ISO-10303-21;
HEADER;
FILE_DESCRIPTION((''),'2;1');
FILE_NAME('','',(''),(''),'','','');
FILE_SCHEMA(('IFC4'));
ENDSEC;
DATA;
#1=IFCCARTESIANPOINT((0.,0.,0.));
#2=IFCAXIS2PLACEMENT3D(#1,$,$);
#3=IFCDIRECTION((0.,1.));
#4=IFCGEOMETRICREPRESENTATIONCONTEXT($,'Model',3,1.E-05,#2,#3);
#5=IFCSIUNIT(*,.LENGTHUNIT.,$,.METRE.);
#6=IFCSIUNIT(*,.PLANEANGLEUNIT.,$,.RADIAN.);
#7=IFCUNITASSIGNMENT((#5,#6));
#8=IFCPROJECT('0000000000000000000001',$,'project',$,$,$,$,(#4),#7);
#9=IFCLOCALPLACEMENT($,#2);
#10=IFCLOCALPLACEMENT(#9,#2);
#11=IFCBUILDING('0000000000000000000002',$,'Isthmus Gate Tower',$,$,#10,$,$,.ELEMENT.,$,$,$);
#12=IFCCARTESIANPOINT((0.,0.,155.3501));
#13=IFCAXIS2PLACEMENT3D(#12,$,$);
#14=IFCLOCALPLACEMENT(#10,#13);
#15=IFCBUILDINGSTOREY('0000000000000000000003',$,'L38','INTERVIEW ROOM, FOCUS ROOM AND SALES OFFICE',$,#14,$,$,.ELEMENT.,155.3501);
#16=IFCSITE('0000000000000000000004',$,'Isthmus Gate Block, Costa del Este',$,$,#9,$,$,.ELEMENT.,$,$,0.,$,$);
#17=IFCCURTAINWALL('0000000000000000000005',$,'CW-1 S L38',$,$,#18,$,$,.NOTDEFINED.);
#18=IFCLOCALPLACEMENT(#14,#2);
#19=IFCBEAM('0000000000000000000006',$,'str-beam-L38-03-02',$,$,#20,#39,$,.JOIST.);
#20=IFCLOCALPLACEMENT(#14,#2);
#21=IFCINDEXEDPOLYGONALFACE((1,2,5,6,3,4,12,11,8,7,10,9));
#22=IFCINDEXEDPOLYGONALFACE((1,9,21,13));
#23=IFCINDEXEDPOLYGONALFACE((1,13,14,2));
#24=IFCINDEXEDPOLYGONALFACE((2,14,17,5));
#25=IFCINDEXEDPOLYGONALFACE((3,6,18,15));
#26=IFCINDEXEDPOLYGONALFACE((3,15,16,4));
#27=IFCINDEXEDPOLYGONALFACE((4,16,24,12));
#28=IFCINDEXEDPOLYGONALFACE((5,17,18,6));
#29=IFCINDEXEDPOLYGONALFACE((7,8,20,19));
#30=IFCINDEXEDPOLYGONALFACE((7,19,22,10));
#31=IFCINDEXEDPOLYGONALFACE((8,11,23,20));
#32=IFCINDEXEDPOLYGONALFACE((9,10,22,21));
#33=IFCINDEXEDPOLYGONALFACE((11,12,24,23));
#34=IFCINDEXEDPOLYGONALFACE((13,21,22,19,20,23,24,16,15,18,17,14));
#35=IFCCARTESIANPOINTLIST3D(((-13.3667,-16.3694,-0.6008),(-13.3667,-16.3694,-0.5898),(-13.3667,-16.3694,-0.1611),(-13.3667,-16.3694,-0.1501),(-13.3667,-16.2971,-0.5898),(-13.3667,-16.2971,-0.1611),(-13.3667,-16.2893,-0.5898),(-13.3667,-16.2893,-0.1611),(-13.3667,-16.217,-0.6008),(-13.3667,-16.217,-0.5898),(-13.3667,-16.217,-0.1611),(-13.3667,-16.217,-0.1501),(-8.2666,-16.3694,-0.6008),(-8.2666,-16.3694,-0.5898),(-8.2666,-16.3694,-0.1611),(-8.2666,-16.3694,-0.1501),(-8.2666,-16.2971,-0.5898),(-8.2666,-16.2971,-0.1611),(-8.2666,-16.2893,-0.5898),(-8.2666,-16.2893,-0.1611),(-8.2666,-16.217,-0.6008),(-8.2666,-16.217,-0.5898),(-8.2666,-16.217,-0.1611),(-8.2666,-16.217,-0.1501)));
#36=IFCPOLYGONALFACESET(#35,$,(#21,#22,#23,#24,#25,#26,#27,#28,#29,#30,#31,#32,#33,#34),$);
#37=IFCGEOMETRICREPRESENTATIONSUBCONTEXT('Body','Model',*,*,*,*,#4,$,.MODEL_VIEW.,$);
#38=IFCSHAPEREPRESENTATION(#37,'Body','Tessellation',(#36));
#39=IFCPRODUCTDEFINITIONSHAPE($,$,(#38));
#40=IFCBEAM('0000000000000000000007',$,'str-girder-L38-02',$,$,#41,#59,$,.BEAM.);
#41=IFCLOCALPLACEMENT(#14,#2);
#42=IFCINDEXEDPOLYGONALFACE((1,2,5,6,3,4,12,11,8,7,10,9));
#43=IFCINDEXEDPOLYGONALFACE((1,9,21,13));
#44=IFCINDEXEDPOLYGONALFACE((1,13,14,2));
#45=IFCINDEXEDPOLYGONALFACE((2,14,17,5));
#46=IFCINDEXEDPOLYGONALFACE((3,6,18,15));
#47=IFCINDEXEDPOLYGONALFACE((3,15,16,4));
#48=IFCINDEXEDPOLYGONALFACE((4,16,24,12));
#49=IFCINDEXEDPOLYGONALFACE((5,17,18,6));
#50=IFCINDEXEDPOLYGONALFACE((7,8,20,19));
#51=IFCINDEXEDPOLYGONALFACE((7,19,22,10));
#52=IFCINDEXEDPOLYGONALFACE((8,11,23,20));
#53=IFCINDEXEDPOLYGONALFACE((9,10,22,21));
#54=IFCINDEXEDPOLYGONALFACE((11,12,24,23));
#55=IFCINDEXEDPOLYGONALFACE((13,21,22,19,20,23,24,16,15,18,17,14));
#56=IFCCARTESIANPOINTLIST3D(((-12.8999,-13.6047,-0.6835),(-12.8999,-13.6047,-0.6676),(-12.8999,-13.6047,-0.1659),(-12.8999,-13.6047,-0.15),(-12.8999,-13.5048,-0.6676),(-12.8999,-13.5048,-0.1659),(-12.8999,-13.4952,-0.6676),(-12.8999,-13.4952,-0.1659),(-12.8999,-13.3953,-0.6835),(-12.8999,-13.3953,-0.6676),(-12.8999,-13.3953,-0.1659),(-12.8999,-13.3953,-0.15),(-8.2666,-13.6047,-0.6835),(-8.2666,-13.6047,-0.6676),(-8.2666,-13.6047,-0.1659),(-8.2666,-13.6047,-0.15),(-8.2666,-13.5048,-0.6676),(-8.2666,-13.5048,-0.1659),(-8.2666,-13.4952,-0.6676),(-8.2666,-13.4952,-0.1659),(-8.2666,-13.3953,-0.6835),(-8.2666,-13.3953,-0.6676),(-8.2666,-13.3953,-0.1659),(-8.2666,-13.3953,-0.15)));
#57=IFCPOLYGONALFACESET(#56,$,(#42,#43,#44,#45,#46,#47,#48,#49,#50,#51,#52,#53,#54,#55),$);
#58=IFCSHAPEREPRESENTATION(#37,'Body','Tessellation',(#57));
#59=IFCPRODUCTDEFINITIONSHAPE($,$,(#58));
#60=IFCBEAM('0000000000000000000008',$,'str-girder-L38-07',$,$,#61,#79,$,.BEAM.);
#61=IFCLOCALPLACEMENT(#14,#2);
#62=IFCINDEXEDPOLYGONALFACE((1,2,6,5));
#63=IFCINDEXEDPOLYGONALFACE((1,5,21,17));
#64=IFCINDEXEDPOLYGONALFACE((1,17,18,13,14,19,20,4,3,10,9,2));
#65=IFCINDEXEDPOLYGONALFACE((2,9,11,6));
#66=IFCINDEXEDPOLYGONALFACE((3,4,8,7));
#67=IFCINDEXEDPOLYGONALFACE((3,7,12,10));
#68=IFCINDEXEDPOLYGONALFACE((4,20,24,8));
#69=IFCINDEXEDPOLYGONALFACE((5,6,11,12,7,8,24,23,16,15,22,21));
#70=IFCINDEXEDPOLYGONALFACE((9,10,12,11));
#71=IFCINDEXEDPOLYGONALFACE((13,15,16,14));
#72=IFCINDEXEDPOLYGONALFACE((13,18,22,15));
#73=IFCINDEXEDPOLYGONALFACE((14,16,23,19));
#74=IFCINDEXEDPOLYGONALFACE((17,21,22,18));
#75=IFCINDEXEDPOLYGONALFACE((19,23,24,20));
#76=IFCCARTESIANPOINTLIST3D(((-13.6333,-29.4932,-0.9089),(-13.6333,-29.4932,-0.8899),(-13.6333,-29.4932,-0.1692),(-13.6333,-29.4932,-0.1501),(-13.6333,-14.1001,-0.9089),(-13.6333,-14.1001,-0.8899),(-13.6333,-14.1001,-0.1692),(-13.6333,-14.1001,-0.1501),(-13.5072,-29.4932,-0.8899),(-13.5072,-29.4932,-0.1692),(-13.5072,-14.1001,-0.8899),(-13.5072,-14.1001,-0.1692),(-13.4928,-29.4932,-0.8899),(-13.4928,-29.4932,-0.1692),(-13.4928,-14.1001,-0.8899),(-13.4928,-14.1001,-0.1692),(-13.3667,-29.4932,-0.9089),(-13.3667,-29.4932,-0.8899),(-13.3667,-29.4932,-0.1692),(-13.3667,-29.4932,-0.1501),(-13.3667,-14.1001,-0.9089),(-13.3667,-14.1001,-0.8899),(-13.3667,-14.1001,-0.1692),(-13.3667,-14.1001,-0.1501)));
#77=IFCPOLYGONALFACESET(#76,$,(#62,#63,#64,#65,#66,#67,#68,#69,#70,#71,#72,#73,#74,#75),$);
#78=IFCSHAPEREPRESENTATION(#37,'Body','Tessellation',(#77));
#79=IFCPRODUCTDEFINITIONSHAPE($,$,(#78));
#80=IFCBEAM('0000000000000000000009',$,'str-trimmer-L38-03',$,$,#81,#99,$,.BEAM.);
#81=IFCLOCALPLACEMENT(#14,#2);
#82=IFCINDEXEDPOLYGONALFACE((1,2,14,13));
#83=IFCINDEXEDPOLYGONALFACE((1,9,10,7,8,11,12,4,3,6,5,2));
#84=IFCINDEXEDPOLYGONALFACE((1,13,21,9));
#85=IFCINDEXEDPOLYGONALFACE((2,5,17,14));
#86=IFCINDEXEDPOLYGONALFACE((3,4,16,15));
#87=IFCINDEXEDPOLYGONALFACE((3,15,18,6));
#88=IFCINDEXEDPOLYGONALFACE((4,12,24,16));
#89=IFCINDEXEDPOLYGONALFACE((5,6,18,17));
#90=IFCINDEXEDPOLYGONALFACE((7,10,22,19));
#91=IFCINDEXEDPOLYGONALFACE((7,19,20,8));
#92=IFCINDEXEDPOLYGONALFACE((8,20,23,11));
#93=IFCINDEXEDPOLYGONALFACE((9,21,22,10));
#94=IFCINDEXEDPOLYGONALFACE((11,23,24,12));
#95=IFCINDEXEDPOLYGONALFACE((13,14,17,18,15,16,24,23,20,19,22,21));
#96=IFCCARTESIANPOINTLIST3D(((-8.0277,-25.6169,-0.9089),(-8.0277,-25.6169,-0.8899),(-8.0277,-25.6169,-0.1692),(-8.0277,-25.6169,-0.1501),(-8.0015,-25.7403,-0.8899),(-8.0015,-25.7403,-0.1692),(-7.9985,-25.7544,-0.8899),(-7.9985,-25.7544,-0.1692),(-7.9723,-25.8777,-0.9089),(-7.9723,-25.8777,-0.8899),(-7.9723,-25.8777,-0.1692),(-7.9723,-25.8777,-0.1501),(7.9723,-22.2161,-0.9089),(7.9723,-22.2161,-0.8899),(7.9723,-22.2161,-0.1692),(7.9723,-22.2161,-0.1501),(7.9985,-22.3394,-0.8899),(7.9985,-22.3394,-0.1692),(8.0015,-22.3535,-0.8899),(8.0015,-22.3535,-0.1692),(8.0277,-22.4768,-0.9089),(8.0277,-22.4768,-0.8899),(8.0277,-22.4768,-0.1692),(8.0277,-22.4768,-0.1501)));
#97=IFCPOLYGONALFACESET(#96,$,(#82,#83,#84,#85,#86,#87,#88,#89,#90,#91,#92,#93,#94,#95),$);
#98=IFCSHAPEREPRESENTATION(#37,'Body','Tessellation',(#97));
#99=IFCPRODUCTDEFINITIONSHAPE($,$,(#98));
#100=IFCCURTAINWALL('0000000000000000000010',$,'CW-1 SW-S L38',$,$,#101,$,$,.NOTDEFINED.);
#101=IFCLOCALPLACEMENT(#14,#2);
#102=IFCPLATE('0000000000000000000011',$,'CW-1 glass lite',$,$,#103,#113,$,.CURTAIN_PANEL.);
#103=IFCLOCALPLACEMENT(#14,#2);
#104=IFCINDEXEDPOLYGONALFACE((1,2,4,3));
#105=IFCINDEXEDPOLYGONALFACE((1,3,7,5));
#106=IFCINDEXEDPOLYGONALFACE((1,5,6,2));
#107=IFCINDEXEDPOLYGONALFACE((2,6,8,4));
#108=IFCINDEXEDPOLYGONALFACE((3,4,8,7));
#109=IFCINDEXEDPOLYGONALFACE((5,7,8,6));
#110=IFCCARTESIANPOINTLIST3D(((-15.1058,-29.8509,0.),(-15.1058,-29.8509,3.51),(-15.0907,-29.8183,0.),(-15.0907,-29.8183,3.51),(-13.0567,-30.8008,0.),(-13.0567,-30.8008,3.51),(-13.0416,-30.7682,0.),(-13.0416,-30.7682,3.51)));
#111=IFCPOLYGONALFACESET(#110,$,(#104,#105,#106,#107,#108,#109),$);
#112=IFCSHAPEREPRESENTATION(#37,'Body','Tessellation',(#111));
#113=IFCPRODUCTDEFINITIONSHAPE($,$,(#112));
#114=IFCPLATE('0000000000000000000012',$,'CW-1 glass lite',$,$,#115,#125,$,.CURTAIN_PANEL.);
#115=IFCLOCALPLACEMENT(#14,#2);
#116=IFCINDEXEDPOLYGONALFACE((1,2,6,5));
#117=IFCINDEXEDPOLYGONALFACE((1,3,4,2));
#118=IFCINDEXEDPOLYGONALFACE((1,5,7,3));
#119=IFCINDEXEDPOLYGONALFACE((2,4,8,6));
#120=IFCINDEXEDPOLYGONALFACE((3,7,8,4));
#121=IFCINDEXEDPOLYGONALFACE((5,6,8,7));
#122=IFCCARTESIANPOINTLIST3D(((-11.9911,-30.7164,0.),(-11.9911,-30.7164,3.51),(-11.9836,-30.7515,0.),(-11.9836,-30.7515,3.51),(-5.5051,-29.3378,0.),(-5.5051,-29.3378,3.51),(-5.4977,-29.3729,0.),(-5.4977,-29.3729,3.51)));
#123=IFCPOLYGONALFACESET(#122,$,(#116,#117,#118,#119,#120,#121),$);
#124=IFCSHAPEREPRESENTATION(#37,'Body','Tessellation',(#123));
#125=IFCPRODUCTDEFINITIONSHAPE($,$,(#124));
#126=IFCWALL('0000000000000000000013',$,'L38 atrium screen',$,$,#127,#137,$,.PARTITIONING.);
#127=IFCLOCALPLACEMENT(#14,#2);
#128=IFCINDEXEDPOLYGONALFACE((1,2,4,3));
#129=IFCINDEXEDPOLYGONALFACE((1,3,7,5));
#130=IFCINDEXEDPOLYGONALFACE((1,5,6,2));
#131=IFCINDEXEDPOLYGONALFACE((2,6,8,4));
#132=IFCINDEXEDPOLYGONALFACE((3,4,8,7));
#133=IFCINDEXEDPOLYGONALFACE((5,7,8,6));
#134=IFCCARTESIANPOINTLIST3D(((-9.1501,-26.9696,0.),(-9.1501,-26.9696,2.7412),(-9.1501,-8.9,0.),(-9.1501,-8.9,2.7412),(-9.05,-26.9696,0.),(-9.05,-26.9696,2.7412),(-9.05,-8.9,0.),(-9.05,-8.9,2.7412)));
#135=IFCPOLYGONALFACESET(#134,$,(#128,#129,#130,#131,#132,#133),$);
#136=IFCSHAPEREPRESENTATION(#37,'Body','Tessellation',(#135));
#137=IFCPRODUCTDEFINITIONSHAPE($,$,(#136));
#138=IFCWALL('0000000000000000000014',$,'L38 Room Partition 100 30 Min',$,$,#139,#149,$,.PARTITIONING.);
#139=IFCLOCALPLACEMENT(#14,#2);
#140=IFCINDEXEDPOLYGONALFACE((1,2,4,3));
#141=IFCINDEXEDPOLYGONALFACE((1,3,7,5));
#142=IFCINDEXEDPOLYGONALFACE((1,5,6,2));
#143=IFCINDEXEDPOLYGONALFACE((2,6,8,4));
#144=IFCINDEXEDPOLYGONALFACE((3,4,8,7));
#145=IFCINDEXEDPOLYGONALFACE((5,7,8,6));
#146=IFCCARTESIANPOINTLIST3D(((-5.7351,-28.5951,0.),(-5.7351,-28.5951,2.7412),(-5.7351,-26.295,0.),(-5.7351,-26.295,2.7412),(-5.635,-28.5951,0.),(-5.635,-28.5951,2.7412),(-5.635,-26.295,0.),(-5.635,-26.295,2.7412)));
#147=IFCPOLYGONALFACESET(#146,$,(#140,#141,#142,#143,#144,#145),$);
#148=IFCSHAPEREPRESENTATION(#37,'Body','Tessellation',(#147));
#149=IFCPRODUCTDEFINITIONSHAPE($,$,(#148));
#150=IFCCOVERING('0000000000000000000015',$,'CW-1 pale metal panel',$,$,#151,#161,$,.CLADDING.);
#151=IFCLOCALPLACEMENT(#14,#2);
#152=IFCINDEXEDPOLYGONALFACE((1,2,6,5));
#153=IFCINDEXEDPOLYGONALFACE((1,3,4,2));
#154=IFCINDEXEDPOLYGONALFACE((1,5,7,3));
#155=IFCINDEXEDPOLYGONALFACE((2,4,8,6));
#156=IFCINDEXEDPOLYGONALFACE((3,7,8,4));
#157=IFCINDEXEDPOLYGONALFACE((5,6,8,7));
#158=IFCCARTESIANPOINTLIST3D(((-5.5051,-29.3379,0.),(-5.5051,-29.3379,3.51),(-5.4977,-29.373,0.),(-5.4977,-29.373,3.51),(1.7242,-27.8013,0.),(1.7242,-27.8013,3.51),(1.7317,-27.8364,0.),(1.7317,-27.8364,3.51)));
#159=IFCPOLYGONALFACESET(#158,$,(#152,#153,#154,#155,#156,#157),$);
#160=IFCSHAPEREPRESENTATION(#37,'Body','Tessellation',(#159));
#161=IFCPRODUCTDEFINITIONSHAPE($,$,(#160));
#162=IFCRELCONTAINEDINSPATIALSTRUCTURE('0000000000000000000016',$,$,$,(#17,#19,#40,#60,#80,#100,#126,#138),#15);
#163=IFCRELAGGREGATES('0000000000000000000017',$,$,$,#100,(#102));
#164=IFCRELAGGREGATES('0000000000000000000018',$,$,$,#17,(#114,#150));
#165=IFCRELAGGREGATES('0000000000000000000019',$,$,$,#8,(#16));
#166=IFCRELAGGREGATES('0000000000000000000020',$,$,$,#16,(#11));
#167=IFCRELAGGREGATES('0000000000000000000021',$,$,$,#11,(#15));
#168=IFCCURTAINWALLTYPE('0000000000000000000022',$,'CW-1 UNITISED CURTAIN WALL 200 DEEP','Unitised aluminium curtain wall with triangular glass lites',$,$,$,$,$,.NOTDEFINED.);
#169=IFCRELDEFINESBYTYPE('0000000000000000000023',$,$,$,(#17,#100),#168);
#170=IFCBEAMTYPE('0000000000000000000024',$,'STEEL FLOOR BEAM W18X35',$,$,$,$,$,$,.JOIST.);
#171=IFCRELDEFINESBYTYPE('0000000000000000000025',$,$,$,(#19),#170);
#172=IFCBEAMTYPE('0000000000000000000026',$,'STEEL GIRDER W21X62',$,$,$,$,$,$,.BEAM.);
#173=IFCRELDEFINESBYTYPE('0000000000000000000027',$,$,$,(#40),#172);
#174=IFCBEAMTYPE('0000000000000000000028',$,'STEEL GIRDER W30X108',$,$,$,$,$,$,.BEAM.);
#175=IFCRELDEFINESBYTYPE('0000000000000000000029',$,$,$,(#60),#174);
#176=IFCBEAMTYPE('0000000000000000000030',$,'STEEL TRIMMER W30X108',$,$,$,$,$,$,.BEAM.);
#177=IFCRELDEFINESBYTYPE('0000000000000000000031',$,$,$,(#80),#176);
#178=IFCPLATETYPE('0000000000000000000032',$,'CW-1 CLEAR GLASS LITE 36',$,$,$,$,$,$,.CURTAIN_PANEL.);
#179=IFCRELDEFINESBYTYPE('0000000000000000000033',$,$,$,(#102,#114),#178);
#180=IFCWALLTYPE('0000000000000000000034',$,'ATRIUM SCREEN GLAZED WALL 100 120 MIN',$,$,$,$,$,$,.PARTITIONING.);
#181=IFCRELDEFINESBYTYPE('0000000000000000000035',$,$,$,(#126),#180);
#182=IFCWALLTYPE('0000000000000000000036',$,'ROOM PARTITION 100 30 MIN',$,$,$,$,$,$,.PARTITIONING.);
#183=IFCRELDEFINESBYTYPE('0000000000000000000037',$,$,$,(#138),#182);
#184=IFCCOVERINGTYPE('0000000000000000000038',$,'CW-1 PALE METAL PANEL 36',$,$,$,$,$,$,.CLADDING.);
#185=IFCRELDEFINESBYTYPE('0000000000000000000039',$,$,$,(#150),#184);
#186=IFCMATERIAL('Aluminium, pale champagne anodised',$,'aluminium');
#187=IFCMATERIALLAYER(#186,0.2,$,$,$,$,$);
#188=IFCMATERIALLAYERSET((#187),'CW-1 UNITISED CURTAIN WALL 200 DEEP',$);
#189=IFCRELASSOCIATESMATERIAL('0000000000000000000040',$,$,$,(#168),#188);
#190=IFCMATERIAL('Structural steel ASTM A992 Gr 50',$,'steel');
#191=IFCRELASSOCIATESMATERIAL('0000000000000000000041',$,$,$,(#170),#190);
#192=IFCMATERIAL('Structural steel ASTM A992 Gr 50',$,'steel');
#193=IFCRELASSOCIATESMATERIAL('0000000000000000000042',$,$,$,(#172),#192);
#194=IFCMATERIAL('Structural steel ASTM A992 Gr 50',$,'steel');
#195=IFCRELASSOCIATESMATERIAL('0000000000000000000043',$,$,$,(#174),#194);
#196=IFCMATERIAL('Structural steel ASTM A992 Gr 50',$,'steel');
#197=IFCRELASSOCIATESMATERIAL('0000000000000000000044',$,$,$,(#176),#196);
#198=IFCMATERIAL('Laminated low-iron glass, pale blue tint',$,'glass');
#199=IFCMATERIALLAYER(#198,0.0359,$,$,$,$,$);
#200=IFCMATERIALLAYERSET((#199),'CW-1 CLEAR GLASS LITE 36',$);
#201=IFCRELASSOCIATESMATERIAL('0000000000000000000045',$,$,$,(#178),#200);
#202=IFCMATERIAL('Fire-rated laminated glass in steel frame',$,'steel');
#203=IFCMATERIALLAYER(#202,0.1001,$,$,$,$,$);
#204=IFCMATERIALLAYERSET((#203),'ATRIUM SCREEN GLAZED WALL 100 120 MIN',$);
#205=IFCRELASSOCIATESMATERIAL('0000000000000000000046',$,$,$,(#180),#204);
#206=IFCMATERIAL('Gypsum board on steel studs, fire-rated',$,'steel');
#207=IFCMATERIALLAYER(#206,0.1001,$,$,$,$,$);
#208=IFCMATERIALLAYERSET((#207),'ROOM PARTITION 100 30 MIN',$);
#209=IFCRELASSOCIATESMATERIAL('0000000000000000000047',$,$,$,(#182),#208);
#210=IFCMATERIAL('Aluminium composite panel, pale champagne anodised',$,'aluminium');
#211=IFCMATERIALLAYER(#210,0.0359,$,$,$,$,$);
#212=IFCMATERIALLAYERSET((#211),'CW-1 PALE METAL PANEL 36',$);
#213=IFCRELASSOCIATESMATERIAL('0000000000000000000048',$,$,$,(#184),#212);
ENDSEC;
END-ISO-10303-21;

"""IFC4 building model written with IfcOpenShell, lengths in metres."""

from ifc_helpers import new_model, si_unit, direction, frame, frame_2d, origin, origin_2d, place, context, subcontext, project, spatial, rectangle, i_section, extrude, material, layer, layer_set, material_profile, profile_set, type_object, element, aggregate, save


model = new_model("IFC4")

# Units and contexts
model_context = context("Model", 3, precision=1e-05, world=origin(), true_north=direction((0.0, 1.0)))
body_context = subcontext(model_context, "Body", "Model", "MODEL_VIEW")
ifc_project = project(units=[si_unit("LENGTHUNIT", "METRE"), si_unit("PLANEANGLEUNIT", "RADIAN")], contexts=[model_context])

# Site, building, storey
site_placement = place(None, origin())
site = spatial("IfcSite", under=ifc_project, at=site_placement, Name="Isthmus Gate Block, Costa del Este", CompositionType="ELEMENT", RefElevation=0.0)
building_placement = place(site_placement, origin())
building = spatial("IfcBuilding", under=site, at=building_placement, Name="Isthmus Gate Tower", CompositionType="ELEMENT")
storey_placement = place(building_placement, frame((0.0, 0.0, 155.3501)))
storey = spatial("IfcBuildingStorey", under=building, at=storey_placement, Name="L38", Description="INTERVIEW ROOM, FOCUS ROOM AND SALES OFFICE", CompositionType="ELEMENT", Elevation=155.3501)

# Curtain wall
ifc_material_1 = material(Name="Aluminium, pale champagne anodised", Category="aluminium")
ifc_layer_1 = layer(ifc_material_1, 0.2)
ifc_layer_set_1 = layer_set([ifc_layer_1], Name="CW-1 UNITISED CURTAIN WALL 200 DEEP")
curtain_wall_type = type_object("IfcCurtainWallType", Name="CW-1 UNITISED CURTAIN WALL 200 DEEP", Description="Unitised aluminium curtain wall with triangular glass lites", PredefinedType="NOTDEFINED", material=ifc_layer_set_1)
curtain_wall_1_placement = place(storey_placement, origin())
curtain_wall_1 = element("IfcCurtainWall", 1, at=curtain_wall_1_placement, inside=storey, type_object=curtain_wall_type, Name="CW-1 S L38", PredefinedType="NOTDEFINED")

# Beams
ifc_material_2 = material(Name="Structural steel ASTM A992 Gr 50", Category="steel")
ifc_material_profile_1 = material_profile(ifc_material_2, i_section(OverallWidth=0.1523, OverallDepth=0.4507, WebThickness=0.0078, FlangeThickness=0.011, at=origin_2d()), Name="W18X35")
ifc_profile_set_1 = profile_set([ifc_material_profile_1], Name="Structural steel ASTM A992 Gr 50")
beam_type_1 = type_object("IfcBeamType", Name="STEEL FLOOR BEAM W18X35", PredefinedType="JOIST", material=ifc_profile_set_1)
for number, where, z_axis, x_axis, name in (
    (2, (-13.3667, -16.2932, -0.3755), (1.0, 0.0, 0.0), (0.0, 1.0, 0.0), "str-beam-L38-03-02"),
):
    element("IfcBeam", number, at=place(storey_placement, frame(where, z_axis=z_axis, x_axis=x_axis)), inside=storey, type_object=beam_type_1, Name=name, PredefinedType="JOIST", context=body_context, shape_type="SweptSolid", body=[
        extrude(i_section(OverallWidth=0.1523, OverallDepth=0.4507, WebThickness=0.0078, FlangeThickness=0.011, at=origin_2d()), origin(), (0.0, 0.0, 1.0), 5.1001),
    ])
ifc_material_3 = material(Name="Structural steel ASTM A992 Gr 50", Category="steel")
ifc_material_profile_2 = material_profile(ifc_material_3, i_section(OverallWidth=0.2095, OverallDepth=0.5334, WebThickness=0.0095, FlangeThickness=0.0159, at=origin_2d()), Name="W21X62")
ifc_profile_set_2 = profile_set([ifc_material_profile_2], Name="Structural steel ASTM A992 Gr 50")
beam_type_2 = type_object("IfcBeamType", Name="STEEL GIRDER W21X62", PredefinedType="BEAM", material=ifc_profile_set_2)
beam_1_placement = place(storey_placement, frame((-12.8999, -13.5, -0.4167), z_axis=(1.0, 0.0, 0.0), x_axis=(0.0, 1.0, 0.0)))
element("IfcBeam", 3, at=beam_1_placement, inside=storey, type_object=beam_type_2, Name="str-girder-L38-02", PredefinedType="BEAM", context=body_context, shape_type="SweptSolid", body=[
    extrude(i_section(OverallWidth=0.2095, OverallDepth=0.5334, WebThickness=0.0095, FlangeThickness=0.0159, at=origin_2d()), origin(), (0.0, 0.0, 1.0), 4.6333),
])
ifc_material_4 = material(Name="Structural steel ASTM A992 Gr 50", Category="steel")
ifc_material_profile_3 = material_profile(ifc_material_4, i_section(OverallWidth=0.2666, OverallDepth=0.7588, WebThickness=0.0144, FlangeThickness=0.019, at=origin_2d()), Name="W30X108")
ifc_profile_set_3 = profile_set([ifc_material_profile_3], Name="Structural steel ASTM A992 Gr 50")
beam_type_3 = type_object("IfcBeamType", Name="STEEL GIRDER W30X108", PredefinedType="BEAM", material=ifc_profile_set_3)
beam_2_placement = place(storey_placement, frame((-13.5, -29.4932, -0.5295), z_axis=(0.0, 1.0, 0.0), x_axis=(-1.0, 0.0, 0.0)))
element("IfcBeam", 4, at=beam_2_placement, inside=storey, type_object=beam_type_3, Name="str-girder-L38-07", PredefinedType="BEAM", context=body_context, shape_type="SweptSolid", body=[
    extrude(i_section(OverallWidth=0.2666, OverallDepth=0.7588, WebThickness=0.0144, FlangeThickness=0.019, at=origin_2d()), origin(), (0.0, 0.0, 1.0), 15.3931),
])
ifc_material_5 = material(Name="Structural steel ASTM A992 Gr 50", Category="steel")
ifc_material_profile_4 = material_profile(ifc_material_5, i_section(OverallWidth=0.2666, OverallDepth=0.7588, WebThickness=0.0144, FlangeThickness=0.019, at=origin_2d()), Name="W30X108")
ifc_profile_set_4 = profile_set([ifc_material_profile_4], Name="Structural steel ASTM A992 Gr 50")
beam_type_4 = type_object("IfcBeamType", Name="STEEL TRIMMER W30X108", PredefinedType="BEAM", material=ifc_profile_set_4)
beam_3_placement = place(storey_placement, frame((-8.0, -25.7473, -0.5295), z_axis=(0.978148, 0.20791, 0.0), x_axis=(-0.20791, 0.978148, 0.0)))
element("IfcBeam", 5, at=beam_3_placement, inside=storey, type_object=beam_type_4, Name="str-trimmer-L38-03", PredefinedType="BEAM", context=body_context, shape_type="SweptSolid", body=[
    extrude(i_section(OverallWidth=0.2666, OverallDepth=0.7588, WebThickness=0.0144, FlangeThickness=0.019, at=origin_2d()), origin(), (0.0, 0.0, 1.0), 16.3574),
])

# Curtain wall, plate
curtain_wall_2_placement = place(storey_placement, origin())
curtain_wall_2 = element("IfcCurtainWall", 6, at=curtain_wall_2_placement, inside=storey, type_object=curtain_wall_type, Name="CW-1 SW-S L38", PredefinedType="NOTDEFINED")
ifc_material_6 = material(Name="Laminated low-iron glass, pale blue tint", Category="glass")
ifc_layer_2 = layer(ifc_material_6, 0.0359)
ifc_layer_set_2 = layer_set([ifc_layer_2], Name="CW-1 CLEAR GLASS LITE 36")
plate_type = type_object("IfcPlateType", Name="CW-1 CLEAR GLASS LITE 36", PredefinedType="CURTAIN_PANEL", material=ifc_layer_set_2)
plate_1_placement = place(storey_placement, frame((-14.0737, -30.3096, 0.0), z_axis=(0.0, 0.0, 1.0), x_axis=(0.907256, -0.420578, 0.0)))
plate_1 = element("IfcPlate", 7, at=plate_1_placement, type_object=plate_type, Name="CW-1 glass lite", PredefinedType="CURTAIN_PANEL", context=body_context, shape_type="SweptSolid", body=[
    extrude(rectangle(XDim=2.2585, YDim=0.0359, at=origin_2d()), origin(), (0.0, 0.0, 1.0), 3.51),
])
aggregate(curtain_wall_2, [plate_1])

# Plate
plate_2_placement = place(storey_placement, frame((-8.7444, -30.0447, 0.0), z_axis=(0.0, 0.0, 1.0), x_axis=(0.978148, 0.207912, 0.0)))
plate_2 = element("IfcPlate", 8, at=plate_2_placement, type_object=plate_type, Name="CW-1 glass lite", PredefinedType="CURTAIN_PANEL", context=body_context, shape_type="SweptSolid", body=[
    extrude(rectangle(XDim=6.6309, YDim=0.0359, at=origin_2d()), origin(), (0.0, 0.0, 1.0), 3.51),
])

# Walls
ifc_material_7 = material(Name="Fire-rated laminated glass in steel frame", Category="steel")
ifc_layer_3 = layer(ifc_material_7, 0.1001)
ifc_layer_set_3 = layer_set([ifc_layer_3], Name="ATRIUM SCREEN GLAZED WALL 100 120 MIN")
wall_type_1 = type_object("IfcWallType", Name="ATRIUM SCREEN GLAZED WALL 100 120 MIN", PredefinedType="PARTITIONING", material=ifc_layer_set_3)
wall_1_placement = place(storey_placement, frame((-9.1001, -26.9695, 0.0), z_axis=(0.0, 0.0, 1.0), x_axis=(0.0, 1.0, 0.0)))
element("IfcWall", 9, at=wall_1_placement, inside=storey, type_object=wall_type_1, Name="L38 atrium screen", PredefinedType="PARTITIONING", context=body_context, shape_type="SweptSolid", body=[
    extrude(rectangle(XDim=18.0696, YDim=0.1001, at=frame_2d((9.0347, 0.0))), origin(), (0.0, 0.0, 1.0), 2.7412),
])
ifc_material_8 = material(Name="Gypsum board on steel studs, fire-rated", Category="steel")
ifc_layer_4 = layer(ifc_material_8, 0.1001)
ifc_layer_set_4 = layer_set([ifc_layer_4], Name="ROOM PARTITION 100 30 MIN")
wall_type_2 = type_object("IfcWallType", Name="ROOM PARTITION 100 30 MIN", PredefinedType="PARTITIONING", material=ifc_layer_set_4)
wall_2_placement = place(storey_placement, frame((-5.6851, -28.595, 0.0), z_axis=(0.0, 0.0, 1.0), x_axis=(0.0, 1.0, 0.0)))
element("IfcWall", 10, at=wall_2_placement, inside=storey, type_object=wall_type_2, Name="L38 Room Partition 100 30 Min", PredefinedType="PARTITIONING", context=body_context, shape_type="SweptSolid", body=[
    extrude(rectangle(XDim=2.3, YDim=0.1001, at=frame_2d((1.1499, 0.0))), origin(), (0.0, 0.0, 1.0), 2.7412),
])

# Covering
ifc_material_9 = material(Name="Aluminium composite panel, pale champagne anodised", Category="aluminium")
ifc_layer_5 = layer(ifc_material_9, 0.0359)
ifc_layer_set_5 = layer_set([ifc_layer_5], Name="CW-1 PALE METAL PANEL 36")
covering_type = type_object("IfcCoveringType", Name="CW-1 PALE METAL PANEL 36", PredefinedType="CLADDING", material=ifc_layer_set_5)
covering_placement = place(storey_placement, frame((-1.8867, -28.5872, 0.0), z_axis=(0.0, 0.0, 1.0), x_axis=(0.978148, 0.207912, 0.0)))
covering = element("IfcCovering", 11, at=covering_placement, type_object=covering_type, Name="CW-1 pale metal panel", PredefinedType="CLADDING", context=body_context, shape_type="SweptSolid", body=[
    extrude(rectangle(XDim=7.3909, YDim=0.0359, at=origin_2d()), origin(), (0.0, 0.0, 1.0), 3.51),
])
aggregate(curtain_wall_1, [plate_2, covering])

save(model, "model.ifc")
